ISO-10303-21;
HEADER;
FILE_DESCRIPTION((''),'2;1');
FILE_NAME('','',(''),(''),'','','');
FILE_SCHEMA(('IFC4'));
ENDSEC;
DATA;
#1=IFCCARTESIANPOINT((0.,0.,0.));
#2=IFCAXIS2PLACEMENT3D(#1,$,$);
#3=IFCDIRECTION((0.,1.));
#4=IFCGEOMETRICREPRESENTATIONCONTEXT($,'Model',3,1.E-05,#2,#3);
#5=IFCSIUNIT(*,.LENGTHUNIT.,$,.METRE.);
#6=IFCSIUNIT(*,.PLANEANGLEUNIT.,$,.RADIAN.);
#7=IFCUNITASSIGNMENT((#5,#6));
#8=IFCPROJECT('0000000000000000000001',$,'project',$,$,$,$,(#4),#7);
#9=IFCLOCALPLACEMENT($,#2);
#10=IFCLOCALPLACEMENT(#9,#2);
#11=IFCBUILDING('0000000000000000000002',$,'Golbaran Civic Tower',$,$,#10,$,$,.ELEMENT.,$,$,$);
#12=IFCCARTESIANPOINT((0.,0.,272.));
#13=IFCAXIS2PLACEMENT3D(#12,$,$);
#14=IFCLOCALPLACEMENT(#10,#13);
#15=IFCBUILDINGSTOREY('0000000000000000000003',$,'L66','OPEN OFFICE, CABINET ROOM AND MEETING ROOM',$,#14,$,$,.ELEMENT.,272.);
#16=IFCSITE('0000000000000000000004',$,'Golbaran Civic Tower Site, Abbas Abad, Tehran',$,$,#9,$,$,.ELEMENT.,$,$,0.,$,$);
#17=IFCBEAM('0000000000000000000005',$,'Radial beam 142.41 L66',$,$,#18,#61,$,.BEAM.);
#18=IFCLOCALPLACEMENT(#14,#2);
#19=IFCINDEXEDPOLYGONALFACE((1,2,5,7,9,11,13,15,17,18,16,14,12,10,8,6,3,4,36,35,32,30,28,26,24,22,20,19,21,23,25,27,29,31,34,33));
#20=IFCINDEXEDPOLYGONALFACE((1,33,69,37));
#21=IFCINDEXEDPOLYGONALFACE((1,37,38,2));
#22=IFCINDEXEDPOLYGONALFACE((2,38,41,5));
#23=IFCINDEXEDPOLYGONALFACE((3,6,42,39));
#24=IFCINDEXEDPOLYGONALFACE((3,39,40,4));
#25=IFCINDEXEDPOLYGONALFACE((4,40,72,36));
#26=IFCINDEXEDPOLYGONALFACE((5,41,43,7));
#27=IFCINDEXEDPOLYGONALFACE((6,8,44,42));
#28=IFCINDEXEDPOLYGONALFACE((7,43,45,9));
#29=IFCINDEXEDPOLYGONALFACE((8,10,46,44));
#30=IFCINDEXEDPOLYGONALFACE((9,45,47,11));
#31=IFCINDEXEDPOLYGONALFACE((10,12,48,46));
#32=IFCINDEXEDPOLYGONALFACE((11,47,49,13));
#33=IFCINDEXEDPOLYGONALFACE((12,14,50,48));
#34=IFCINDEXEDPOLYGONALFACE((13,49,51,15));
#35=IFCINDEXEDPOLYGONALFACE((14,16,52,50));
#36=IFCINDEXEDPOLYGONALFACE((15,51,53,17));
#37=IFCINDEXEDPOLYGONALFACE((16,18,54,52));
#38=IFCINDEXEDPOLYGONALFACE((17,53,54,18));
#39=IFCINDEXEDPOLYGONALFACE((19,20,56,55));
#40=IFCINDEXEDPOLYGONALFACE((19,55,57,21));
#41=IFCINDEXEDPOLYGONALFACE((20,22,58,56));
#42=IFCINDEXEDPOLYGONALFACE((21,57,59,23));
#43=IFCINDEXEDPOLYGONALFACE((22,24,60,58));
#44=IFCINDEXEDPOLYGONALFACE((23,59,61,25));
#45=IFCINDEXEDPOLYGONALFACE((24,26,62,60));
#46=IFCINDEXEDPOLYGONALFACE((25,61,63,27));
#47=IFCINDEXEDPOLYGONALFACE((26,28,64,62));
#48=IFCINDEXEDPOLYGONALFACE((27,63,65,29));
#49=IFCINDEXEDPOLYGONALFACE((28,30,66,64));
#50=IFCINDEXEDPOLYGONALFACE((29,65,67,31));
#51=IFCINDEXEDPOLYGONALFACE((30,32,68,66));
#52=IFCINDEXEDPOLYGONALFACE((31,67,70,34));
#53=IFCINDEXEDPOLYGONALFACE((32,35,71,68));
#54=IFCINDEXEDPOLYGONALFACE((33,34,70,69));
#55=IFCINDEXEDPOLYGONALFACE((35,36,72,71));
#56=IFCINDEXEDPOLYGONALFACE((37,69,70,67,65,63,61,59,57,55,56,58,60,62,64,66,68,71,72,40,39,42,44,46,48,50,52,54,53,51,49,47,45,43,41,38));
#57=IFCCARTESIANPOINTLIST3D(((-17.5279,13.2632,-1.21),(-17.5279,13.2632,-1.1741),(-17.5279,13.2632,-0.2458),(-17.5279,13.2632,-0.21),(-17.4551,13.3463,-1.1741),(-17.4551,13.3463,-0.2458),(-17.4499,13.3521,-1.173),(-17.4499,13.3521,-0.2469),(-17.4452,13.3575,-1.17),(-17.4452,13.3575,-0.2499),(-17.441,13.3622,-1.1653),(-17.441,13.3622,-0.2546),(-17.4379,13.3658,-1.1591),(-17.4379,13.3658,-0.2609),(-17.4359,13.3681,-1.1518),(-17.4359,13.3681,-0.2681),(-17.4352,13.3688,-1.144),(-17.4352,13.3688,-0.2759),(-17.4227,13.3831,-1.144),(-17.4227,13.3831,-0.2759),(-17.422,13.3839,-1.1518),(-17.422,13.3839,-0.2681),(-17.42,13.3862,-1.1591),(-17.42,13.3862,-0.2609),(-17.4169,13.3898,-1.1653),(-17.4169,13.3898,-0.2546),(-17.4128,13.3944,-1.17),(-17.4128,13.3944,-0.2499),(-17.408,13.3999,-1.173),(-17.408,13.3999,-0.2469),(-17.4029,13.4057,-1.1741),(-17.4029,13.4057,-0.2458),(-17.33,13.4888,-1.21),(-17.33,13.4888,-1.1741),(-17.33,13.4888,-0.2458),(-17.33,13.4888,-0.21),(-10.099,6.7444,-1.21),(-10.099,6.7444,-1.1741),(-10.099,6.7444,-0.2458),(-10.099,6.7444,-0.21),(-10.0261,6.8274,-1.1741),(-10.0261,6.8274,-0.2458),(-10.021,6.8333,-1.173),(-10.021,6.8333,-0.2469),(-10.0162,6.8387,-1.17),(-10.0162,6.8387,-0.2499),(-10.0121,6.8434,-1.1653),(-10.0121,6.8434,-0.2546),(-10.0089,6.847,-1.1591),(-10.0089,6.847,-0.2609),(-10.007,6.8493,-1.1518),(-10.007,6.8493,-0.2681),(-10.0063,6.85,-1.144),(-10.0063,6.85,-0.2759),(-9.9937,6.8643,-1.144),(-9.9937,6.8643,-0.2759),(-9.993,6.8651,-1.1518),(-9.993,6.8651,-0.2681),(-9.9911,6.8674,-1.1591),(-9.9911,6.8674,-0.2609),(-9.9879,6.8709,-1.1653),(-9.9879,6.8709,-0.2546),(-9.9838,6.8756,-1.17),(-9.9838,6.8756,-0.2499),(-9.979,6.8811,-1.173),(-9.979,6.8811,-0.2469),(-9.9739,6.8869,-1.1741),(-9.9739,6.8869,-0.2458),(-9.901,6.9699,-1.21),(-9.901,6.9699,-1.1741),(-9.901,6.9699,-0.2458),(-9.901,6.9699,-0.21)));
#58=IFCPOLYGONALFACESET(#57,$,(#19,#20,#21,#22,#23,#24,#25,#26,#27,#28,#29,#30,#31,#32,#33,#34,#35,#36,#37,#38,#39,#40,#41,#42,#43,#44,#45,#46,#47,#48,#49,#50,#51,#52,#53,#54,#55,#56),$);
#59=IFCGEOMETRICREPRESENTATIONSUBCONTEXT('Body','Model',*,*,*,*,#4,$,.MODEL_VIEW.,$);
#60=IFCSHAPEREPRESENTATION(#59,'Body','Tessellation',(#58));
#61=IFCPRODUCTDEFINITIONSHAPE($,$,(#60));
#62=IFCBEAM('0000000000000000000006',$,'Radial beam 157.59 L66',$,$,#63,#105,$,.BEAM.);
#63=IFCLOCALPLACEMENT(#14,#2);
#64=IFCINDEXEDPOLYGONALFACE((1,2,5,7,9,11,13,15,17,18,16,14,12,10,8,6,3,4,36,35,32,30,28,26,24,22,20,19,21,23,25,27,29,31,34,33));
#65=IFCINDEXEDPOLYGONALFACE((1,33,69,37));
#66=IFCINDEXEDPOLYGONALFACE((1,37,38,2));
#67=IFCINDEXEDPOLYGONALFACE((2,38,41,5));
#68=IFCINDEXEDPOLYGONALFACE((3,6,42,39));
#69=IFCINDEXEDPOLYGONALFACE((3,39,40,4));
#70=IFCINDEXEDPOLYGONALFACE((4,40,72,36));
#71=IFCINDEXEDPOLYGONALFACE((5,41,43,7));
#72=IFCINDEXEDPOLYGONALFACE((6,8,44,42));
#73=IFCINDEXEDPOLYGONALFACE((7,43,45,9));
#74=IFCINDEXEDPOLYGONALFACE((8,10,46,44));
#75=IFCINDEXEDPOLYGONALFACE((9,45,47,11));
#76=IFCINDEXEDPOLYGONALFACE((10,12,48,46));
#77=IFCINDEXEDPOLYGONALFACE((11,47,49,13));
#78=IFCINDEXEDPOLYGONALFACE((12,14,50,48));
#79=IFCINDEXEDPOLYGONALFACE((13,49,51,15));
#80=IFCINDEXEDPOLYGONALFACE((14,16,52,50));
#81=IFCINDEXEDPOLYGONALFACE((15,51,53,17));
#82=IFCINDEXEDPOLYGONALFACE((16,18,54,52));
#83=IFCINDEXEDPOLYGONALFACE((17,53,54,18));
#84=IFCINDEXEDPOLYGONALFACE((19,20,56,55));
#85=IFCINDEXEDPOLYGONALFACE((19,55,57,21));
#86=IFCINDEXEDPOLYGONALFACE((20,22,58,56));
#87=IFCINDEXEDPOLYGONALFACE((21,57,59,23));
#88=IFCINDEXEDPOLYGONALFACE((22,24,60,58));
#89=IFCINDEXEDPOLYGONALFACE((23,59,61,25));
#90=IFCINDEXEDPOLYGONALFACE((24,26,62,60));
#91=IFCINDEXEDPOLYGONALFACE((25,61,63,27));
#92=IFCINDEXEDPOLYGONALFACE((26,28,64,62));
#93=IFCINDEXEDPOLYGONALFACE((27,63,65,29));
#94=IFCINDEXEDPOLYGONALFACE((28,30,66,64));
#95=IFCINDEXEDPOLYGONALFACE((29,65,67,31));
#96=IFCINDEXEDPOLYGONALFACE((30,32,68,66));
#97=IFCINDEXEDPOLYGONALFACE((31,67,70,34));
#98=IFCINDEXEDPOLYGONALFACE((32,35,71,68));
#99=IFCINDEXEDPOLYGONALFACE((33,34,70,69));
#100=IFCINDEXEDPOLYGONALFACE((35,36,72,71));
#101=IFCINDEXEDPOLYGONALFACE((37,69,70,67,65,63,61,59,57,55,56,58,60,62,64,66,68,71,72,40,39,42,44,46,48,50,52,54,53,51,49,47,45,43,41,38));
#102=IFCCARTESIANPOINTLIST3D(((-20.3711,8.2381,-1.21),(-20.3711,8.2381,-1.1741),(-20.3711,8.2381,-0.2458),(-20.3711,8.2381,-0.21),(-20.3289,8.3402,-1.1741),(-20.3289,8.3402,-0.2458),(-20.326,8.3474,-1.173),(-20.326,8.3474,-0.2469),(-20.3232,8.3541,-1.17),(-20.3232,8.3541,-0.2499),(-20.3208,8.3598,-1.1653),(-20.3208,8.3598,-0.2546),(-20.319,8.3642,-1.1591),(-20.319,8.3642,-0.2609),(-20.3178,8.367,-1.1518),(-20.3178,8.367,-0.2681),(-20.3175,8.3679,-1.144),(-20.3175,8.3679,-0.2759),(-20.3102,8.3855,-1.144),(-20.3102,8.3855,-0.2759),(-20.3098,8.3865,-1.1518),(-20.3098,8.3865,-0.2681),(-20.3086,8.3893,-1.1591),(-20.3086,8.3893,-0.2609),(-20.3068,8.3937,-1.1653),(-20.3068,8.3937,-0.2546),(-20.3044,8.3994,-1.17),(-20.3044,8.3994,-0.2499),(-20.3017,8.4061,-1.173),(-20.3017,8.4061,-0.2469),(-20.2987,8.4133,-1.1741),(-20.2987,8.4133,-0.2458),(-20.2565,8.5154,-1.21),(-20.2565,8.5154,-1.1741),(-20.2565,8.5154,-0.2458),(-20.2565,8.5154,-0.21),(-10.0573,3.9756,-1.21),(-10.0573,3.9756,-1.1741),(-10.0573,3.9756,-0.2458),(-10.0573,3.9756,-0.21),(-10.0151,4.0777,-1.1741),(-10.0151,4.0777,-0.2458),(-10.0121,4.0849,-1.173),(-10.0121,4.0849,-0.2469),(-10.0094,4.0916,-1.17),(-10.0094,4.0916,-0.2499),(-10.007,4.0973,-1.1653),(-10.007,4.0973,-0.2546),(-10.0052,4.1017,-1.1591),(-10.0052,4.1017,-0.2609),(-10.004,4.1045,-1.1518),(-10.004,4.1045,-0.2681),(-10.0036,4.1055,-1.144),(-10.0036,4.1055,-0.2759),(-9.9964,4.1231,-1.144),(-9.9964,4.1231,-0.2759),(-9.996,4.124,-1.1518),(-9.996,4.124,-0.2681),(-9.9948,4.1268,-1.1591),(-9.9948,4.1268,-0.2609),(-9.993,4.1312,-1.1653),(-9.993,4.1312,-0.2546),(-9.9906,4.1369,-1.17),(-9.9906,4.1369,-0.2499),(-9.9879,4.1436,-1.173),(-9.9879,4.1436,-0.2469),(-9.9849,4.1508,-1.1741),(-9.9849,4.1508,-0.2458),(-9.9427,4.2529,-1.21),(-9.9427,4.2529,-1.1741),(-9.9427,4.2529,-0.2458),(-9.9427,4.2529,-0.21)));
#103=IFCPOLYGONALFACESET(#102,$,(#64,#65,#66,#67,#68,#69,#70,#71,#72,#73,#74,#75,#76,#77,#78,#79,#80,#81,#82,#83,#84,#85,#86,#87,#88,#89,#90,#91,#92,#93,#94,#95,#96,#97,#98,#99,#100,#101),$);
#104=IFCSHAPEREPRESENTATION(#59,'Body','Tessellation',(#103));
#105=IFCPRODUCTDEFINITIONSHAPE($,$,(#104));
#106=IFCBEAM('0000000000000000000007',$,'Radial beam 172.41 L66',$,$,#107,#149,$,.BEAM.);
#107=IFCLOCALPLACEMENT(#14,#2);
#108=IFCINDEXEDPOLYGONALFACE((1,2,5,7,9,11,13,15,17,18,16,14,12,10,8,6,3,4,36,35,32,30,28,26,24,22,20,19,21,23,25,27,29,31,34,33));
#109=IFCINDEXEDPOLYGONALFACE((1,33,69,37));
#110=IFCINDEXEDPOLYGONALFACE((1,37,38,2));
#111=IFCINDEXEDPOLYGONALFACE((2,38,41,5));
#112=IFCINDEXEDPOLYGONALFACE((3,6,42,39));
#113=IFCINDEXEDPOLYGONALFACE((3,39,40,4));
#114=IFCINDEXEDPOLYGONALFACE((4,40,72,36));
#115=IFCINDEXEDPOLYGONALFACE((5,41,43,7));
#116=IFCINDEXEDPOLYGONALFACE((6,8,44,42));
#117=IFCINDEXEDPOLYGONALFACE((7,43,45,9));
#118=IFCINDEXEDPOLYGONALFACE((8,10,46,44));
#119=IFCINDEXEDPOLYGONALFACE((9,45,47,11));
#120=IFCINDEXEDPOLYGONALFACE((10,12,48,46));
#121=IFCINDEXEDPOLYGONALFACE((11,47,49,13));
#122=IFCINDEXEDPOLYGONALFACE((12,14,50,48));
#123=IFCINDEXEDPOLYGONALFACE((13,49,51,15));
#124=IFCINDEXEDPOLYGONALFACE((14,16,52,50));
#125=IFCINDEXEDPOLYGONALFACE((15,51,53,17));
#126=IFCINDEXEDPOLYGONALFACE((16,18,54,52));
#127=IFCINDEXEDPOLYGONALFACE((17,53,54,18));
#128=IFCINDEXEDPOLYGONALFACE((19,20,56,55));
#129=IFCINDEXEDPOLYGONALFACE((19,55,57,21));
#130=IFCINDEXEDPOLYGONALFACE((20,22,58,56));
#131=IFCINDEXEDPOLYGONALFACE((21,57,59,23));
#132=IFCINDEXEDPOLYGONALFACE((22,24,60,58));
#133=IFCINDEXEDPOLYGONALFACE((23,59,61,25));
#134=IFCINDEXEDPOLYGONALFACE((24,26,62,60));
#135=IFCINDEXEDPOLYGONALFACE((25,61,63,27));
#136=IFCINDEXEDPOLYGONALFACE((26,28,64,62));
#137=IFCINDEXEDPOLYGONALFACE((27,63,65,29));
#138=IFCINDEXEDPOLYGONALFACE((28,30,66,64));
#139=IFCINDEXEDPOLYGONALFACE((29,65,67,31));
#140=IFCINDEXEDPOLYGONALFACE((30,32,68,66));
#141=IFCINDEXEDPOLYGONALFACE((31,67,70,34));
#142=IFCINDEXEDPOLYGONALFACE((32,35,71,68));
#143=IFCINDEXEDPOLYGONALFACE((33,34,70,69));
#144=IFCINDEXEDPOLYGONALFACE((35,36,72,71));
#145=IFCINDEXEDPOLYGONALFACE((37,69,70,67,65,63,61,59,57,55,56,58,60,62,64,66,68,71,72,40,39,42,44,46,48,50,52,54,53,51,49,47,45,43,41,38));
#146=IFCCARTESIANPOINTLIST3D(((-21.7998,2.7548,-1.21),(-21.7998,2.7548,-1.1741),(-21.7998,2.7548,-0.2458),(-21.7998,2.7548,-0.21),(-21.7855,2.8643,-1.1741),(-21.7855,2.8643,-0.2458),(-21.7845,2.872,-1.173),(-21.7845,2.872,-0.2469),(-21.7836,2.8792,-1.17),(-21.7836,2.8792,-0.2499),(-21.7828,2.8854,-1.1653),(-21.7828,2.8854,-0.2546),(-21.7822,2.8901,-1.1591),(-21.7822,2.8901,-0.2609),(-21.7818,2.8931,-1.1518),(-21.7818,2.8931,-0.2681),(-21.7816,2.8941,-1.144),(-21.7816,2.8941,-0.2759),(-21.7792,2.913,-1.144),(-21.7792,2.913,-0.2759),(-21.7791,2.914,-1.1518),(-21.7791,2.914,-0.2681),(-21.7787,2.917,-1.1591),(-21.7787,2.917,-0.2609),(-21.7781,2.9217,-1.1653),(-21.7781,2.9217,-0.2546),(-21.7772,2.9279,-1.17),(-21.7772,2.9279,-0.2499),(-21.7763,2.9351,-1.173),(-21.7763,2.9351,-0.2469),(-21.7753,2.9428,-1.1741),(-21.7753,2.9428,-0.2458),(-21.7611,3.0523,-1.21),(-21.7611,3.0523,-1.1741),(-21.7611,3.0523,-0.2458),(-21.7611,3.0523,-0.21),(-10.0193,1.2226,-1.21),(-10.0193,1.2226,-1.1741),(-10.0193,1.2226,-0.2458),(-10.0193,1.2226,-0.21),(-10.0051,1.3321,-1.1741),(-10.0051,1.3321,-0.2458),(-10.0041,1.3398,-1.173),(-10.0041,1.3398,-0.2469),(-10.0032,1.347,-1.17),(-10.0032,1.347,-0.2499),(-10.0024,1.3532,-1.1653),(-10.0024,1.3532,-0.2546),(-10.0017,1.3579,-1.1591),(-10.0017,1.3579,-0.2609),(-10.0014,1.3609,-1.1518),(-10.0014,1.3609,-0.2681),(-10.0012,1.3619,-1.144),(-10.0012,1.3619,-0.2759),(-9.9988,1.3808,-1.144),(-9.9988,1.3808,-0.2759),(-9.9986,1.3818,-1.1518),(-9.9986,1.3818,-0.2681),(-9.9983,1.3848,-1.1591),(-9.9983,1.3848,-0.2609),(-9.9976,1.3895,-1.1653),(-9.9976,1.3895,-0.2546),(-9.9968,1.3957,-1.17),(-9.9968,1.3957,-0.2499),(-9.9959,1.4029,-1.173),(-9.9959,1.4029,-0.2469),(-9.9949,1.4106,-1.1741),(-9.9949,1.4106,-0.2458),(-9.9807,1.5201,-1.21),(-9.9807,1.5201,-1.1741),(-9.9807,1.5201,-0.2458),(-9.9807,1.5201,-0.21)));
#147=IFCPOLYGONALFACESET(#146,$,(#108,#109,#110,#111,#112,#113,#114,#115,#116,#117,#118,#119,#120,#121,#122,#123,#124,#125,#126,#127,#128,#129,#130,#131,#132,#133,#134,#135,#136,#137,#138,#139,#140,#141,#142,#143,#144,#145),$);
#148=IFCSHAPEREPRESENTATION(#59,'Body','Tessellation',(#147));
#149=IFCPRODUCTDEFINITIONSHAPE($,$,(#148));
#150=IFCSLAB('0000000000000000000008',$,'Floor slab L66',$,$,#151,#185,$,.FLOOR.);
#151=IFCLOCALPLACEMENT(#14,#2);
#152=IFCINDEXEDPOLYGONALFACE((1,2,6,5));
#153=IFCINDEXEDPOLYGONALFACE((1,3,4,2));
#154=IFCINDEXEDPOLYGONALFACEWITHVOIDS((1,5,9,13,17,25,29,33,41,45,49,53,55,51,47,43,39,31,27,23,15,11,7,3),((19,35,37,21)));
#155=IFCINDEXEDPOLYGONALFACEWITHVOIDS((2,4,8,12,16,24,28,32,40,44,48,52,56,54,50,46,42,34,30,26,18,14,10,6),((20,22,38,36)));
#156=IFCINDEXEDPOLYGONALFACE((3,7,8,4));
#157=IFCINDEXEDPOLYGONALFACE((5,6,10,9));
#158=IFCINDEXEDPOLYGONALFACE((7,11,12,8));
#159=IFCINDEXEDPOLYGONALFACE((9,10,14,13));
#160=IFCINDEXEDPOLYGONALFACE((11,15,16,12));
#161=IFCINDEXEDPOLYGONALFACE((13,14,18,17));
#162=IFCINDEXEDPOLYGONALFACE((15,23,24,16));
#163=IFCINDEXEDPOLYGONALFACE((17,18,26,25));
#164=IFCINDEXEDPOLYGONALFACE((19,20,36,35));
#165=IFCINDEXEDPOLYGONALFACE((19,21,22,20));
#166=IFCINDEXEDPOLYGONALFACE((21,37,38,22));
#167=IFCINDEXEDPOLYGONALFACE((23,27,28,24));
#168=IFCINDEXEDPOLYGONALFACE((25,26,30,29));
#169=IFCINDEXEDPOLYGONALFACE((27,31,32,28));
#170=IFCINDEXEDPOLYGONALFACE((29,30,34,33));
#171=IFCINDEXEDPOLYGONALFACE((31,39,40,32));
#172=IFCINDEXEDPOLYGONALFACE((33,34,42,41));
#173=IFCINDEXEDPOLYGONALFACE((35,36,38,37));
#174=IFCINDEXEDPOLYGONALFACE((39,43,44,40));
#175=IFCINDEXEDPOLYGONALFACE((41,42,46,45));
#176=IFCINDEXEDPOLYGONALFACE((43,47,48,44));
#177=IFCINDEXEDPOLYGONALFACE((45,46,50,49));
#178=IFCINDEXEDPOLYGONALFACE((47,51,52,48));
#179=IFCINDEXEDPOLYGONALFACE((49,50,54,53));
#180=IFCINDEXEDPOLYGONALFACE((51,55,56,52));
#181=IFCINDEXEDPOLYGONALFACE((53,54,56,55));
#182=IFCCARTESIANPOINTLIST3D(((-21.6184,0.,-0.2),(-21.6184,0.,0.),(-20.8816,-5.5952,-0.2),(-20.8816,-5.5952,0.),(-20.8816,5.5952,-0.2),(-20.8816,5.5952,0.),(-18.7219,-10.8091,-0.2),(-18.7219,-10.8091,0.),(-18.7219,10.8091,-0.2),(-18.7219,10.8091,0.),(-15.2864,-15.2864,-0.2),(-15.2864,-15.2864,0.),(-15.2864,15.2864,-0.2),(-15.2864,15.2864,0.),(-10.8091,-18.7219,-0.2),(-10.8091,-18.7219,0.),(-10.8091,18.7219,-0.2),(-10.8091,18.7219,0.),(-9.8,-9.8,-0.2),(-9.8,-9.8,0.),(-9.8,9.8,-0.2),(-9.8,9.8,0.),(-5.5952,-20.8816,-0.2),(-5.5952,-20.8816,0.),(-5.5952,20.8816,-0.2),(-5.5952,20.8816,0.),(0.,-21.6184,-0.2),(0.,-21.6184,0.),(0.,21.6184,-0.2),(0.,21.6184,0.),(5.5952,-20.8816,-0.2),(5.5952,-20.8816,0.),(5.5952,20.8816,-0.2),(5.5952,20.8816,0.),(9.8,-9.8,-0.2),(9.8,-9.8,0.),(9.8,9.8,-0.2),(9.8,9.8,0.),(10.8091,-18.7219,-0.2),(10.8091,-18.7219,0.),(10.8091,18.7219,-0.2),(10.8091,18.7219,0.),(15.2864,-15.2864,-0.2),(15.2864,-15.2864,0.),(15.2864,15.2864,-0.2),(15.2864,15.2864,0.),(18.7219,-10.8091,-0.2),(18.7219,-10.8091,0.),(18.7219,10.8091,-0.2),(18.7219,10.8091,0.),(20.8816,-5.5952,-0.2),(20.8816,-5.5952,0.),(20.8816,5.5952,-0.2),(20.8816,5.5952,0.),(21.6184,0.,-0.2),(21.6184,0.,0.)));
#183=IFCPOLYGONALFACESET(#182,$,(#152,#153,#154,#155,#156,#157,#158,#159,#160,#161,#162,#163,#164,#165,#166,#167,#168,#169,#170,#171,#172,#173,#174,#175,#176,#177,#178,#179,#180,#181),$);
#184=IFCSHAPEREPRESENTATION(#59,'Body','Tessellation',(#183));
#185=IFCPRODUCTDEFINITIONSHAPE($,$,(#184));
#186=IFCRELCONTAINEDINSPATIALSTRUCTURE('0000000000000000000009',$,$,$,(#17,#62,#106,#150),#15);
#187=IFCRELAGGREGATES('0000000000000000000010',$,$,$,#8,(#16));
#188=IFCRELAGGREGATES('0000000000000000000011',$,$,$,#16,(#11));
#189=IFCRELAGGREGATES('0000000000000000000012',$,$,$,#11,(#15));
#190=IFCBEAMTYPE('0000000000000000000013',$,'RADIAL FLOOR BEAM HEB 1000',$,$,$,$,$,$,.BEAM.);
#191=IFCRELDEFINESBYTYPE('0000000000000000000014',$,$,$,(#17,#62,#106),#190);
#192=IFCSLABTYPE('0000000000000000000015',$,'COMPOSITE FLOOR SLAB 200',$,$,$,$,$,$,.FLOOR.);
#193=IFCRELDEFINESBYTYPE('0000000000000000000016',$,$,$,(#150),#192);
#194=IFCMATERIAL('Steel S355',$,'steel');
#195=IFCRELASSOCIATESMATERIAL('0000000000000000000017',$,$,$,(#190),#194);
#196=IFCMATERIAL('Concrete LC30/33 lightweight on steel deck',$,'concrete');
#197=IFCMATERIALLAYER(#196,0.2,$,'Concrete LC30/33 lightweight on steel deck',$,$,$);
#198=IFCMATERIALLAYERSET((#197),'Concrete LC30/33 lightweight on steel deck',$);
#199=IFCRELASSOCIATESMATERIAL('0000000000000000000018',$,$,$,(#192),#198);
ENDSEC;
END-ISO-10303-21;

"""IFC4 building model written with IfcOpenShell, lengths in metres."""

from ifc_helpers import new_model, si_unit, direction, frame, origin, origin_2d, place, context, subcontext, project, spatial, polyline, i_section, outline, extrude, material, layer, layer_set, material_profile, profile_set, type_object, element, save


model = new_model("IFC4")

# Units and contexts
model_context = context("Model", 3, precision=1e-05, world=origin(), true_north=direction((0.0, 1.0)))
body_context = subcontext(model_context, "Body", "Model", "MODEL_VIEW")
ifc_project = project(units=[si_unit("LENGTHUNIT", "METRE"), si_unit("PLANEANGLEUNIT", "RADIAN")], contexts=[model_context])

# Site, building, storey
site_placement = place(None, origin())
site = spatial("IfcSite", under=ifc_project, at=site_placement, Name="Golbaran Civic Tower Site, Abbas Abad, Tehran", CompositionType="ELEMENT", RefElevation=0.0)
building_placement = place(site_placement, origin())
building = spatial("IfcBuilding", under=site, at=building_placement, Name="Golbaran Civic Tower", CompositionType="ELEMENT")
storey_placement = place(building_placement, frame((0.0, 0.0, 272.0)))
storey = spatial("IfcBuildingStorey", under=building, at=storey_placement, Name="L66", Description="OPEN OFFICE, CABINET ROOM AND MEETING ROOM", CompositionType="ELEMENT", Elevation=272.0)

# Beams
ifc_material_1 = material(Name="Steel S355", Category="steel")
ifc_material_profile = material_profile(ifc_material_1, i_section(OverallWidth=0.3, OverallDepth=1.0, WebThickness=0.019, FlangeThickness=0.0359, FilletRadius=0.03, at=origin_2d()), Name="HEB 1000")
ifc_profile_set = profile_set([ifc_material_profile], Name="Steel S355")
beam_type = type_object("IfcBeamType", Name="RADIAL FLOOR BEAM HEB 1000", PredefinedType="BEAM", material=ifc_profile_set)
beam_1_placement = place(storey_placement, frame((-10.0, 6.8572, -0.71), z_axis=(-0.75165, 0.659562, 0.0), x_axis=(-0.659562, -0.75165, 0.0)))
element("IfcBeam", 1, at=beam_1_placement, inside=storey, type_object=beam_type, Name="Radial beam 142.41 L66", PredefinedType="BEAM", context=body_context, shape_type="SweptSolid", body=[
    extrude(i_section(OverallWidth=0.3, OverallDepth=1.0, WebThickness=0.019, FlangeThickness=0.0359, FilletRadius=0.03, at=origin_2d()), origin(), (0.0, 0.0, 1.0), 9.8835),
])
beam_2_placement = place(storey_placement, frame((-10.0, 4.1143, -0.71), z_axis=(-0.924184, 0.381947, 0.0), x_axis=(-0.381947, -0.924184, 0.0)))
element("IfcBeam", 2, at=beam_2_placement, inside=storey, type_object=beam_type, Name="Radial beam 157.59 L66", PredefinedType="BEAM", context=body_context, shape_type="SweptSolid", body=[
    extrude(i_section(OverallWidth=0.3, OverallDepth=1.0, WebThickness=0.019, FlangeThickness=0.0359, FilletRadius=0.03, at=origin_2d()), origin(), (0.0, 0.0, 1.0), 11.1599),
])
beam_3_placement = place(storey_placement, frame((-10.0, 1.3713, -0.71), z_axis=(-0.991647, 0.128978, 0.0), x_axis=(-0.128978, -0.991647, 0.0)))
element("IfcBeam", 3, at=beam_3_placement, inside=storey, type_object=beam_type, Name="Radial beam 172.41 L66", PredefinedType="BEAM", context=body_context, shape_type="SweptSolid", body=[
    extrude(i_section(OverallWidth=0.3, OverallDepth=1.0, WebThickness=0.019, FlangeThickness=0.0359, FilletRadius=0.03, at=origin_2d()), origin(), (0.0, 0.0, 1.0), 11.8796),
])

# Slab
ifc_material_2 = material(Name="Concrete LC30/33 lightweight on steel deck", Category="concrete")
ifc_layer_1 = layer(ifc_material_2, 0.2, Name="Concrete LC30/33 lightweight on steel deck")
ifc_layer_set_1 = layer_set([ifc_layer_1], Name="Concrete LC30/33 lightweight on steel deck")
slab_type_1 = type_object("IfcSlabType", Name="COMPOSITE FLOOR SLAB 200", PredefinedType="FLOOR", material=ifc_layer_set_1)
slab_1_placement = place(storey_placement, frame((0.0, 0.0, -0.2)))
element("IfcSlab", 4, at=slab_1_placement, inside=storey, type_object=slab_type_1, Name="Floor slab L66", PredefinedType="FLOOR", context=body_context, shape_type="SweptSolid", body=[
    extrude(outline(polyline([(18.7219, -10.8091), (15.2864, -15.2864), (10.8091, -18.7219), (5.5952, -20.8816), (0.0, -21.6184), (-5.5952, -20.8816), (-10.8091, -18.7219), (-15.2864, -15.2864), (-18.7219, -10.8091), (-20.8816, -5.5952), (-21.6184, 0.0), (-20.8816, 5.5952), (-18.7219, 10.8091), (-15.2864, 15.2864), (-10.8091, 18.7219), (-5.5952, 20.8816), (0.0, 21.6184), (5.5952, 20.8816), (10.8091, 18.7219), (15.2864, 15.2864), (18.7219, 10.8091), (20.8816, 5.5952), (21.6184, 0.0), (20.8816, -5.5952), (18.7219, -10.8091)]), holes=[polyline([(-9.8, 9.8), (-9.8, -9.8), (9.8, -9.8), (9.8, 9.8), (-9.8, 9.8)])]), origin(), (0.0, 0.0, 1.0), 0.2),
])

save(model, "model.ifc")
